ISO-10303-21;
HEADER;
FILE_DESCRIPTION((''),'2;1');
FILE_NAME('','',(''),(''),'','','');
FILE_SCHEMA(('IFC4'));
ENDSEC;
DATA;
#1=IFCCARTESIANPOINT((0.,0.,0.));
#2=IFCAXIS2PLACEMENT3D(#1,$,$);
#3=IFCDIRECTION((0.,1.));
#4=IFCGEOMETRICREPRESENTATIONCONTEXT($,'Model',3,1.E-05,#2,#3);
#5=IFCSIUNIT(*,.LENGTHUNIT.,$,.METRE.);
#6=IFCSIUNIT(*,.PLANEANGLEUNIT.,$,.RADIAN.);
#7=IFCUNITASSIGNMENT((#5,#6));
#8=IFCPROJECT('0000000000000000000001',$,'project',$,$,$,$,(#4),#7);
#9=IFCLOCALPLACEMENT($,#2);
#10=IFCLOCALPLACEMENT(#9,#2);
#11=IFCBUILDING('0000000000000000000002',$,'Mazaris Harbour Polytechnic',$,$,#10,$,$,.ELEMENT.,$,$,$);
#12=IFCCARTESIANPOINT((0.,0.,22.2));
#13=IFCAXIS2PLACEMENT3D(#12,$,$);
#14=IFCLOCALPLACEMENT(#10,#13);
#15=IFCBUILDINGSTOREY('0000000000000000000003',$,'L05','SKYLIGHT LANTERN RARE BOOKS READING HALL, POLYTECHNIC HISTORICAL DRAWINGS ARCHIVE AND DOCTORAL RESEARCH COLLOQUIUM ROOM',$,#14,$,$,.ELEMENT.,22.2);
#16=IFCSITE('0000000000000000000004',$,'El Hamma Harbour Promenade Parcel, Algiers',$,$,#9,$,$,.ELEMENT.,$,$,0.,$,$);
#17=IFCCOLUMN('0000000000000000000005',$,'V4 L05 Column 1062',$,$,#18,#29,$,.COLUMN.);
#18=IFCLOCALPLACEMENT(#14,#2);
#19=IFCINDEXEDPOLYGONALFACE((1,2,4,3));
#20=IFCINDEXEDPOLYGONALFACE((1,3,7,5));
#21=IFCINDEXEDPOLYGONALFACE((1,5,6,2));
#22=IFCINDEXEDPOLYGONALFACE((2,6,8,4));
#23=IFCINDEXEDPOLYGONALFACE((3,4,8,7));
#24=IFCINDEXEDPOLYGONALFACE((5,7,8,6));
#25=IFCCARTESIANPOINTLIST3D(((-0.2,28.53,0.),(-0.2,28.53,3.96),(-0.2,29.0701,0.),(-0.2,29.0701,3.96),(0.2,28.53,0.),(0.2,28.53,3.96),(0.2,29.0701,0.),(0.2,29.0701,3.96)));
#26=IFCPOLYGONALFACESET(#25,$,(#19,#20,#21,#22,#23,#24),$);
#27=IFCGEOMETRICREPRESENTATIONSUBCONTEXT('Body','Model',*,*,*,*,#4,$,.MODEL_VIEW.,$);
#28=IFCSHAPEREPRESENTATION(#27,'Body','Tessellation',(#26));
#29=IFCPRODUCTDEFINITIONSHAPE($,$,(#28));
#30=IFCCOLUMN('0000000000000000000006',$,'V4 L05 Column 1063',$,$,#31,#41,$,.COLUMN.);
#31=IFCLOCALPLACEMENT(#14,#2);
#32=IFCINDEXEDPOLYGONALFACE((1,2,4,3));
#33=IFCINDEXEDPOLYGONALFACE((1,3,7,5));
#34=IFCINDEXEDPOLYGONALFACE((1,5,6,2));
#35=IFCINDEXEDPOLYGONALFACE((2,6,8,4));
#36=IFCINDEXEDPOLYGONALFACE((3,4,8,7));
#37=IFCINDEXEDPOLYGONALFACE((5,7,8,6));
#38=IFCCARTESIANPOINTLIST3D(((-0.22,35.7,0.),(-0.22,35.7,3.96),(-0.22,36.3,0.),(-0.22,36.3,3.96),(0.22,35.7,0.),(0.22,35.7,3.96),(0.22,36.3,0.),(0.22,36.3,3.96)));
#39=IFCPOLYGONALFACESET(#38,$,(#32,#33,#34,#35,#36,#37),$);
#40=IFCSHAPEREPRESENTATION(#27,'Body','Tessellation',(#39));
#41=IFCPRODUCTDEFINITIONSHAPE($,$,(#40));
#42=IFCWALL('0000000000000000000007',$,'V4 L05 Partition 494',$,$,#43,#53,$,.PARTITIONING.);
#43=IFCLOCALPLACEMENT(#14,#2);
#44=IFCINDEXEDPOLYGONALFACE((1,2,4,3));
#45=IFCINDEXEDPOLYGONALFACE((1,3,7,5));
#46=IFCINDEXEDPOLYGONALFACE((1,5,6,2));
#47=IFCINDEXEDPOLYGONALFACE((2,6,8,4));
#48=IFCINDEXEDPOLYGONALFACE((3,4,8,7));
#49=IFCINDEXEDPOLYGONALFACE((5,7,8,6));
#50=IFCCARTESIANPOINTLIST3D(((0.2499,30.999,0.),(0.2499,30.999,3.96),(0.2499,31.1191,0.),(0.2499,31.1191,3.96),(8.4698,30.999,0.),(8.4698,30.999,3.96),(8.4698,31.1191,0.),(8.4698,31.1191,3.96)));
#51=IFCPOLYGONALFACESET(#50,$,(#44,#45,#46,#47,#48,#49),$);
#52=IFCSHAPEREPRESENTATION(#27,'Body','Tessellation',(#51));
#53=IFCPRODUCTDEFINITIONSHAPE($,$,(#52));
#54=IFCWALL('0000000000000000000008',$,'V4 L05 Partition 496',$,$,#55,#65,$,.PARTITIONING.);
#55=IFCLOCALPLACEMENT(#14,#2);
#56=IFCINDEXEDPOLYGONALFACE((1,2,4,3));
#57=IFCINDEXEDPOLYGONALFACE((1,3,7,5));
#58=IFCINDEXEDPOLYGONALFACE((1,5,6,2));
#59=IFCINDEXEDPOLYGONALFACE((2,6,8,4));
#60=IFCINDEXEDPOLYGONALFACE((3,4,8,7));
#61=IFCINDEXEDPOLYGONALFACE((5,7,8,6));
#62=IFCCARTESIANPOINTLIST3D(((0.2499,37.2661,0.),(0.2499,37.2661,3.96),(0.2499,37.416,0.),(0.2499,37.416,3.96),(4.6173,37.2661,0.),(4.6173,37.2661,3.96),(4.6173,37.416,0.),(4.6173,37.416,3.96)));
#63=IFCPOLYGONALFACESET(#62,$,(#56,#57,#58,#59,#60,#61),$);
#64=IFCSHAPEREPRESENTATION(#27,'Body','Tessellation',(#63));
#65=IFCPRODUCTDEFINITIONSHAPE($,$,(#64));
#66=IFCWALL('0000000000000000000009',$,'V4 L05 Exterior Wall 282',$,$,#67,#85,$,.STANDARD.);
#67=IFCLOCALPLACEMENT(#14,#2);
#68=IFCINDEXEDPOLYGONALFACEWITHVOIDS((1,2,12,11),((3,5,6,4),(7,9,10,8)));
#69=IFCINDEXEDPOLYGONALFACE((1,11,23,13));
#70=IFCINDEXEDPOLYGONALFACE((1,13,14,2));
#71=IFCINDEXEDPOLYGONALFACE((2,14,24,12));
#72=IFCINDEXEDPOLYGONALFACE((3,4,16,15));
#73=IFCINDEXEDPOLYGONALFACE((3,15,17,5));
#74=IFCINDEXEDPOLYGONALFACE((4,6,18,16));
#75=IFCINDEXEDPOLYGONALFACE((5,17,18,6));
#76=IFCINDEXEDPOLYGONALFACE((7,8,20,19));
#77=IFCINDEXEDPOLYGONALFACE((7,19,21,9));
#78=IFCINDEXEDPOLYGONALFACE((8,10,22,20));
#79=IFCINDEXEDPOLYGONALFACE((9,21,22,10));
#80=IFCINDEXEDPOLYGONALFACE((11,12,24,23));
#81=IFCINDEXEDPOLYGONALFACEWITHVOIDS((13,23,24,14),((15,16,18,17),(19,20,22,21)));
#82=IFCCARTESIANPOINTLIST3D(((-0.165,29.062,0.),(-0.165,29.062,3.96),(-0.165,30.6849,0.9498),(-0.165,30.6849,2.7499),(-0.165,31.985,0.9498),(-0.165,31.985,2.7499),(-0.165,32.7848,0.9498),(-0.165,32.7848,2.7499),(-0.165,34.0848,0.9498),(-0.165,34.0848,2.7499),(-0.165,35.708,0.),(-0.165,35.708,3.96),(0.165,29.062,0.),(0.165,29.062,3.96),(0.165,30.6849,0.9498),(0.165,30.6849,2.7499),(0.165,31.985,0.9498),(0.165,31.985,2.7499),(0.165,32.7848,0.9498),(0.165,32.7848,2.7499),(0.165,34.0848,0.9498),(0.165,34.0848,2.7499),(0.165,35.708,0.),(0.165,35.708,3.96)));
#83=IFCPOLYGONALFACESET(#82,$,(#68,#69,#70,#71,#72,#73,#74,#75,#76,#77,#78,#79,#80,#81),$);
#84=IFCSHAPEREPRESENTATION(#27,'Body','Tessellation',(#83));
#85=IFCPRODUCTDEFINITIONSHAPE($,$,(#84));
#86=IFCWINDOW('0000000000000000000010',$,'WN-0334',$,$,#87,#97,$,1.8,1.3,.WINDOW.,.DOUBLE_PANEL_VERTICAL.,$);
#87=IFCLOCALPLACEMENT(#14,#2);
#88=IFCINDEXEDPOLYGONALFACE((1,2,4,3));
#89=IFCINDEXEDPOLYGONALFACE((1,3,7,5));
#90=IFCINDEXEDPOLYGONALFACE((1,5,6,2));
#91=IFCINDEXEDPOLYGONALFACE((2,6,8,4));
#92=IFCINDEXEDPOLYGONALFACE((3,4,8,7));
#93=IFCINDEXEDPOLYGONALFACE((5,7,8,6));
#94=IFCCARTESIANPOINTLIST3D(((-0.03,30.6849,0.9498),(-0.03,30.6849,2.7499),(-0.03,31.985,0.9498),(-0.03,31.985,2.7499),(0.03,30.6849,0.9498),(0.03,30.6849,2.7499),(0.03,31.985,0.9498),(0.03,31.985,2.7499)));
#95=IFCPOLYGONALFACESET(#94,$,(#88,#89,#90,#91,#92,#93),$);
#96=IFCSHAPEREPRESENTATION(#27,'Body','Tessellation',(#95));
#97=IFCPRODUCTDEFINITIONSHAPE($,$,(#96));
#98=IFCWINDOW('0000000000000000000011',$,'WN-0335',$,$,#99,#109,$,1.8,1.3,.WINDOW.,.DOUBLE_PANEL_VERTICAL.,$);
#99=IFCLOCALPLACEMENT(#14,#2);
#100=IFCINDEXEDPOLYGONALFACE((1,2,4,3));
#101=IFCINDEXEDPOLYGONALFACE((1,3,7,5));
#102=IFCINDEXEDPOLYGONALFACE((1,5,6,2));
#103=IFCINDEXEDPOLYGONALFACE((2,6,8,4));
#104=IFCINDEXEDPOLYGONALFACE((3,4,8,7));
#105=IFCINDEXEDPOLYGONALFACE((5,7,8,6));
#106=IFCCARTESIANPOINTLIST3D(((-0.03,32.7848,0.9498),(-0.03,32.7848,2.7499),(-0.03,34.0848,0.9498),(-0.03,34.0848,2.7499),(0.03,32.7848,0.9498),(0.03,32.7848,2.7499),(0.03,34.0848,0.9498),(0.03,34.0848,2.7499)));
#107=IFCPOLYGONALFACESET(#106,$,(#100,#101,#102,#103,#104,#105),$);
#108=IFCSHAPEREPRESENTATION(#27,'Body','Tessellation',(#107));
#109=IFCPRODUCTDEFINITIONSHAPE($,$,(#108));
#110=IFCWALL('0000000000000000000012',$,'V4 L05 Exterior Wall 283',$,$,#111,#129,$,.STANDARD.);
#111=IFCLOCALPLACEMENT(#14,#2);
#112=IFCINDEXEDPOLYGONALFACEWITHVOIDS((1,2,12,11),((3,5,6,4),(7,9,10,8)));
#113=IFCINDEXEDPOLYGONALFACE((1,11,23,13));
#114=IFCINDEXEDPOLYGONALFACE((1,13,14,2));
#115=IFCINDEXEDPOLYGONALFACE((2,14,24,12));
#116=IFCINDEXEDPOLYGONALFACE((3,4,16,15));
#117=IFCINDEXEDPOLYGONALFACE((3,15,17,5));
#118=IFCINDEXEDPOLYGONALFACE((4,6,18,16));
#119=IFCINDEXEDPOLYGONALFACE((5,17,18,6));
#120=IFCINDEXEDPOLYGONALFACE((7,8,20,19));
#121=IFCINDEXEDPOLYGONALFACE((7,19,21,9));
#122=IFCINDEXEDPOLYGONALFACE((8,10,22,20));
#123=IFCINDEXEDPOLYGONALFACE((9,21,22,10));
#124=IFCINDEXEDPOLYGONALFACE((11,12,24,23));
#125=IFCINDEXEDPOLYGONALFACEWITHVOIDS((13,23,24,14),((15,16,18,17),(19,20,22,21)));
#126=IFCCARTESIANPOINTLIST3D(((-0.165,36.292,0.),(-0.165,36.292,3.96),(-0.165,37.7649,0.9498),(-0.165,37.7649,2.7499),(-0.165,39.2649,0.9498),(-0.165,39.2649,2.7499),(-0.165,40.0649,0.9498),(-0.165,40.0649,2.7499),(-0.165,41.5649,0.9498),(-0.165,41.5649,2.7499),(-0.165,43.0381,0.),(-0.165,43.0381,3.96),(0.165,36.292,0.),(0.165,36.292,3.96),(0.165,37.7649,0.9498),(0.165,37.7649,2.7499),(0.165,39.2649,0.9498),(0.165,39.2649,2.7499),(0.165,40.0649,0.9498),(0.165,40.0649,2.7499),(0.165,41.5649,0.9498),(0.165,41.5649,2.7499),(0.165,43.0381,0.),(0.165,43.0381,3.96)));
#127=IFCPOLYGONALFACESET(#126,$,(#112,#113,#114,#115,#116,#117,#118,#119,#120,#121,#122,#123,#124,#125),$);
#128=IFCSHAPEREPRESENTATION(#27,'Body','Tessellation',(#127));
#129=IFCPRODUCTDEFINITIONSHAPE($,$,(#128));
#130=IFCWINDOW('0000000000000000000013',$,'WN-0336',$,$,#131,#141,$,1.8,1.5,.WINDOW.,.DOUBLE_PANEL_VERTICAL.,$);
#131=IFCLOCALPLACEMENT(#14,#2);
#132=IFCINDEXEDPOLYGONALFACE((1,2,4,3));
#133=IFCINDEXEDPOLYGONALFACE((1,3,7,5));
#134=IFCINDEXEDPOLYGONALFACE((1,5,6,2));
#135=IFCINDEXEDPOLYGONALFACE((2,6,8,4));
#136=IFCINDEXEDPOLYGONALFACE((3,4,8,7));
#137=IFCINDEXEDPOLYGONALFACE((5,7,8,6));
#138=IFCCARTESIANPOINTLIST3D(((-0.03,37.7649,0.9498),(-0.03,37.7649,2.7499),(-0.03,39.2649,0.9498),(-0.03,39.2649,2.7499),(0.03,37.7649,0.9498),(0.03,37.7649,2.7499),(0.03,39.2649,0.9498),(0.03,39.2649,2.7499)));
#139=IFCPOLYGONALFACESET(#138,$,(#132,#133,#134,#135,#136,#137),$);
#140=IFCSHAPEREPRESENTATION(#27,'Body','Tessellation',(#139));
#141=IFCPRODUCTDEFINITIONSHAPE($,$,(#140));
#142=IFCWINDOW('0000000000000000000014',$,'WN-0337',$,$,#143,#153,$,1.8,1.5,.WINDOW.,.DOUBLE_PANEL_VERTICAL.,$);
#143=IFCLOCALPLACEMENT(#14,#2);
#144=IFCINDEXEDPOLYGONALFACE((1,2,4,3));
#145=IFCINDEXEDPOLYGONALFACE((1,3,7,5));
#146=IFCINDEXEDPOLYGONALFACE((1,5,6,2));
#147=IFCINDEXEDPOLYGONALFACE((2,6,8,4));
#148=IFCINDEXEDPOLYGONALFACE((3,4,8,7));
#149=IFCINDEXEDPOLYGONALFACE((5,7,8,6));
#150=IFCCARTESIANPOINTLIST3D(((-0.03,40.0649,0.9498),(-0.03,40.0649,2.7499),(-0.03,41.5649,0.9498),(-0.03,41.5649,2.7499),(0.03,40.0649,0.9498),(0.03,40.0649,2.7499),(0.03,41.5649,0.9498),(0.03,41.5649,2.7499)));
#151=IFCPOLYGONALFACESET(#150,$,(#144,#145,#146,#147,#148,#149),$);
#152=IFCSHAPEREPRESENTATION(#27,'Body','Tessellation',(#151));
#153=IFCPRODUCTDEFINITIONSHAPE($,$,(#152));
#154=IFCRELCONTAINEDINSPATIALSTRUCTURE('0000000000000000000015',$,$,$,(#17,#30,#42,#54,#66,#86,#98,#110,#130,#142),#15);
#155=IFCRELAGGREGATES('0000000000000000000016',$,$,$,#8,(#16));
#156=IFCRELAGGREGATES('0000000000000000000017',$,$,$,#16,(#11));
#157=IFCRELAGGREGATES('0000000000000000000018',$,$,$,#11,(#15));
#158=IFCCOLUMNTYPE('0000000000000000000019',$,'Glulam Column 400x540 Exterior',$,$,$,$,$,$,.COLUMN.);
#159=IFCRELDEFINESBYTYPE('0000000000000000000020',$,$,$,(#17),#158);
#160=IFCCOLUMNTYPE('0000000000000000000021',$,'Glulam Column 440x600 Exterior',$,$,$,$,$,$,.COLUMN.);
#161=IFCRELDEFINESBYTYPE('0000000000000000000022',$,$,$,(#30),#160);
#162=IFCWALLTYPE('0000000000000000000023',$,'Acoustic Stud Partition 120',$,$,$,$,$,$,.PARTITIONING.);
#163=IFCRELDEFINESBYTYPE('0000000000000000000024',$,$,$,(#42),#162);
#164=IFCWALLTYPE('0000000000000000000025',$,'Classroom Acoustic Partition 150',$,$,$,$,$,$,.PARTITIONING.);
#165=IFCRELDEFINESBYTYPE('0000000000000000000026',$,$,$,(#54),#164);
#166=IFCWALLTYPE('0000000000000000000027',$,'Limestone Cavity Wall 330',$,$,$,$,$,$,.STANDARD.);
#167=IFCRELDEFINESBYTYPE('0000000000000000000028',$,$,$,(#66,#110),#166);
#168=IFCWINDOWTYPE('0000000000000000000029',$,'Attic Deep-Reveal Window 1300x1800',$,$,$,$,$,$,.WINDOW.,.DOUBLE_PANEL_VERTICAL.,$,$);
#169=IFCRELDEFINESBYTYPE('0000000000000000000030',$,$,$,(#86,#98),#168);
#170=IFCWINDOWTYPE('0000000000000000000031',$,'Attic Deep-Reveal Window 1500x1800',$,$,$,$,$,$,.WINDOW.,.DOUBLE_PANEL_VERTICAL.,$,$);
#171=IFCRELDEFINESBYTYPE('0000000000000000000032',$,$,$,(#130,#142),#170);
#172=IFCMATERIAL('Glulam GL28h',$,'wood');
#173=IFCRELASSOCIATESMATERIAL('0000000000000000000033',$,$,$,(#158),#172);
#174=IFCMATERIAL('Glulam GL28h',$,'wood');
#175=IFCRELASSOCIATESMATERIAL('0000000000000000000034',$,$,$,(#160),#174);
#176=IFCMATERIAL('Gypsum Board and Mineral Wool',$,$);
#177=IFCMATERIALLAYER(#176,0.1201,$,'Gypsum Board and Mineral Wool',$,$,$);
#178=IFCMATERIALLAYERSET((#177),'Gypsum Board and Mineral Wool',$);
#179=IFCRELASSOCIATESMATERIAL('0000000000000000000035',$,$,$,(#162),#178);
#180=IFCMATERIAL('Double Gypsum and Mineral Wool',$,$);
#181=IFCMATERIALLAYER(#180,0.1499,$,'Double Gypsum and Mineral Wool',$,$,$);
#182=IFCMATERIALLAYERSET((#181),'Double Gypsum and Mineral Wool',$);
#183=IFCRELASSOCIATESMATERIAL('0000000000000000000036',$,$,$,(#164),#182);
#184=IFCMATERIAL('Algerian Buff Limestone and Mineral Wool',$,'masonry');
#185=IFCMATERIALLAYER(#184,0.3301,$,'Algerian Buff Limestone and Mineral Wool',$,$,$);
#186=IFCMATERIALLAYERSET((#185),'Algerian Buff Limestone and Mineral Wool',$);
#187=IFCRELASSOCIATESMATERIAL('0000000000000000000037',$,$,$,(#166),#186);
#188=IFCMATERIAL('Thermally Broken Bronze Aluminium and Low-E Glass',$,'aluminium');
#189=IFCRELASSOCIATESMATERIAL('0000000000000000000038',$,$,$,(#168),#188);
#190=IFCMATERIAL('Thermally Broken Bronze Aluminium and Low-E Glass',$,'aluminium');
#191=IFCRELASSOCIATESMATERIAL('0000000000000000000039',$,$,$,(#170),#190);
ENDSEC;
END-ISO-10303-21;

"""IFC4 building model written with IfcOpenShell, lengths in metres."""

from ifc_helpers import new_model, si_unit, direction, frame, frame_2d, origin, origin_2d, place, context, subcontext, project, spatial, rectangle, extrude, material, layer, layer_set, material_profile, profile_set, type_object, element, fill, save


model = new_model("IFC4")

# Units and contexts
model_context = context("Model", 3, precision=1e-05, world=origin(), true_north=direction((0.0, 1.0)))
body_context = subcontext(model_context, "Body", "Model", "MODEL_VIEW")
ifc_project = project(units=[si_unit("LENGTHUNIT", "METRE"), si_unit("PLANEANGLEUNIT", "RADIAN")], contexts=[model_context])

# Site, building, storey
site_placement = place(None, origin())
site = spatial("IfcSite", under=ifc_project, at=site_placement, Name="El Hamma Harbour Promenade Parcel, Algiers", CompositionType="ELEMENT", RefElevation=0.0)
building_placement = place(site_placement, origin())
building = spatial("IfcBuilding", under=site, at=building_placement, Name="Mazaris Harbour Polytechnic", CompositionType="ELEMENT")
storey_placement = place(building_placement, frame((0.0, 0.0, 22.2)))
storey = spatial("IfcBuildingStorey", under=building, at=storey_placement, Name="L05", Description="SKYLIGHT LANTERN RARE BOOKS READING HALL, POLYTECHNIC HISTORICAL DRAWINGS ARCHIVE AND DOCTORAL RESEARCH COLLOQUIUM ROOM", CompositionType="ELEMENT", Elevation=22.2)

# Columns
ifc_material_1 = material(Name="Glulam GL28h", Category="wood")
ifc_material_profile_1 = material_profile(ifc_material_1, rectangle(XDim=0.3999, YDim=0.54, at=origin_2d()), Name="RECT400x540")
ifc_profile_set_1 = profile_set([ifc_material_profile_1], Name="Glulam GL28h")
column_type_1 = type_object("IfcColumnType", Name="Glulam Column 400x540 Exterior", PredefinedType="COLUMN", material=ifc_profile_set_1)
column_1_placement = place(storey_placement, frame((0.0, 28.8, 0.0), z_axis=(0.0, 0.0, 1.0), x_axis=(1.0, 0.0, 0.0)))
element("IfcColumn", 1, at=column_1_placement, inside=storey, type_object=column_type_1, Name="V4 L05 Column 1062", PredefinedType="COLUMN", context=body_context, shape_type="SweptSolid", body=[
    extrude(rectangle(XDim=0.3999, YDim=0.54, at=origin_2d()), origin(), (0.0, 0.0, 1.0), 3.96),
])
ifc_material_2 = material(Name="Glulam GL28h", Category="wood")
ifc_material_profile_2 = material_profile(ifc_material_2, rectangle(XDim=0.4399, YDim=0.6001, at=origin_2d()), Name="RECT440x600")
ifc_profile_set_2 = profile_set([ifc_material_profile_2], Name="Glulam GL28h")
column_type_2 = type_object("IfcColumnType", Name="Glulam Column 440x600 Exterior", PredefinedType="COLUMN", material=ifc_profile_set_2)
column_2_placement = place(storey_placement, frame((0.0, 36.0, 0.0), z_axis=(0.0, 0.0, 1.0), x_axis=(1.0, 0.0, 0.0)))
element("IfcColumn", 2, at=column_2_placement, inside=storey, type_object=column_type_2, Name="V4 L05 Column 1063", PredefinedType="COLUMN", context=body_context, shape_type="SweptSolid", body=[
    extrude(rectangle(XDim=0.4399, YDim=0.6001, at=origin_2d()), origin(), (0.0, 0.0, 1.0), 3.96),
])

# Walls
ifc_material_3 = material(Name="Gypsum Board and Mineral Wool")
ifc_layer_1 = layer(ifc_material_3, 0.1201, Name="Gypsum Board and Mineral Wool")
ifc_layer_set_1 = layer_set([ifc_layer_1], Name="Gypsum Board and Mineral Wool")
wall_type_1 = type_object("IfcWallType", Name="Acoustic Stud Partition 120", PredefinedType="PARTITIONING", material=ifc_layer_set_1)
wall_1_placement = place(storey_placement, frame((0.25, 31.0591, 0.0), z_axis=(0.0, 0.0, 1.0), x_axis=(1.0, 0.0, 0.0)))
element("IfcWall", 3, at=wall_1_placement, inside=storey, type_object=wall_type_1, Name="V4 L05 Partition 494", PredefinedType="PARTITIONING", context=body_context, shape_type="SweptSolid", body=[
    extrude(rectangle(XDim=8.22, YDim=0.1201, at=frame_2d((4.1099, 0.0))), origin(), (0.0, 0.0, 1.0), 3.96),
])
ifc_material_4 = material(Name="Double Gypsum and Mineral Wool")
ifc_layer_2 = layer(ifc_material_4, 0.1499, Name="Double Gypsum and Mineral Wool")
ifc_layer_set_2 = layer_set([ifc_layer_2], Name="Double Gypsum and Mineral Wool")
wall_type_2 = type_object("IfcWallType", Name="Classroom Acoustic Partition 150", PredefinedType="PARTITIONING", material=ifc_layer_set_2)
wall_2_placement = place(storey_placement, frame((0.25, 37.3411, 0.0), z_axis=(0.0, 0.0, 1.0), x_axis=(1.0, 0.0, 0.0)))
element("IfcWall", 4, at=wall_2_placement, inside=storey, type_object=wall_type_2, Name="V4 L05 Partition 496", PredefinedType="PARTITIONING", context=body_context, shape_type="SweptSolid", body=[
    extrude(rectangle(XDim=4.3674, YDim=0.1499, at=frame_2d((2.1836, 0.0))), origin(), (0.0, 0.0, 1.0), 3.96),
])

# Walls, openings, windows
ifc_material_5 = material(Name="Algerian Buff Limestone and Mineral Wool", Category="masonry")
ifc_layer_3 = layer(ifc_material_5, 0.3301, Name="Algerian Buff Limestone and Mineral Wool")
ifc_layer_set_3 = layer_set([ifc_layer_3], Name="Algerian Buff Limestone and Mineral Wool")
wall_type_3 = type_object("IfcWallType", Name="Limestone Cavity Wall 330", PredefinedType="STANDARD", material=ifc_layer_set_3)
wall_3_placement = place(storey_placement, frame((0.0, 29.062, 0.0), z_axis=(0.0, 0.0, 1.0), x_axis=(0.0, 1.0, 0.0)))
wall_3 = element("IfcWall", 5, at=wall_3_placement, inside=storey, type_object=wall_type_3, Name="V4 L05 Exterior Wall 282", PredefinedType="STANDARD", context=body_context, shape_type="SweptSolid", body=[
    extrude(rectangle(XDim=6.646, YDim=0.3301, at=frame_2d((3.323, 0.0))), origin(), (0.0, 0.0, 1.0), 3.96),
])
opening_1_placement = place(wall_3_placement, frame((1.623, 0.0, 0.95)))
opening_1 = element("IfcOpeningElement", 6, at=opening_1_placement, cuts=wall_3, PredefinedType="OPENING", context=body_context, shape_type="SweptSolid", body=[
    extrude(rectangle(XDim=1.3, YDim=1.8, at=frame_2d((0.6499, 0.8999))), frame((0.0, 0.175, 0.0), z_axis=(0.0, -1.0, 0.0), x_axis=(1.0, 0.0, 0.0)), (0.0, 0.0, 1.0), 0.3501),
])
opening_2_placement = place(wall_3_placement, frame((3.7229, 0.0, 0.95)))
opening_2 = element("IfcOpeningElement", 7, at=opening_2_placement, cuts=wall_3, PredefinedType="OPENING", context=body_context, shape_type="SweptSolid", body=[
    extrude(rectangle(XDim=1.3, YDim=1.8, at=frame_2d((0.6499, 0.8999))), frame((0.0, 0.175, 0.0), z_axis=(0.0, -1.0, 0.0), x_axis=(1.0, 0.0, 0.0)), (0.0, 0.0, 1.0), 0.3501),
])
ifc_material_6 = material(Name="Thermally Broken Bronze Aluminium and Low-E Glass", Category="aluminium")
window_type_1 = type_object("IfcWindowType", Name="Attic Deep-Reveal Window 1300x1800", PartitioningType="DOUBLE_PANEL_VERTICAL", PredefinedType="WINDOW", material=ifc_material_6)
window_1_placement = place(opening_1_placement, origin())
window_1 = element("IfcWindow", 8, at=window_1_placement, inside=storey, type_object=window_type_1, Name="WN-0334", OverallHeight=1.8, OverallWidth=1.3, PartitioningType="DOUBLE_PANEL_VERTICAL", PredefinedType="WINDOW", context=body_context, shape_type="SweptSolid", body=[
    extrude(rectangle(XDim=1.3, YDim=1.8, at=frame_2d((0.6499, 0.8999))), frame((0.0, 0.03, 0.0), z_axis=(0.0, -1.0, 0.0), x_axis=(1.0, 0.0, 0.0)), (0.0, 0.0, 1.0), 0.0601),
])
fill(opening_1, window_1)
window_2_placement = place(opening_2_placement, origin())
window_2 = element("IfcWindow", 9, at=window_2_placement, inside=storey, type_object=window_type_1, Name="WN-0335", OverallHeight=1.8, OverallWidth=1.3, PartitioningType="DOUBLE_PANEL_VERTICAL", PredefinedType="WINDOW", context=body_context, shape_type="SweptSolid", body=[
    extrude(rectangle(XDim=1.3, YDim=1.8, at=frame_2d((0.6499, 0.8999))), frame((0.0, 0.03, 0.0), z_axis=(0.0, -1.0, 0.0), x_axis=(1.0, 0.0, 0.0)), (0.0, 0.0, 1.0), 0.0601),
])
fill(opening_2, window_2)
wall_4_placement = place(storey_placement, frame((0.0, 36.292, 0.0), z_axis=(0.0, 0.0, 1.0), x_axis=(0.0, 1.0, 0.0)))
wall_4 = element("IfcWall", 10, at=wall_4_placement, inside=storey, type_object=wall_type_3, Name="V4 L05 Exterior Wall 283", PredefinedType="STANDARD", context=body_context, shape_type="SweptSolid", body=[
    extrude(rectangle(XDim=6.7461, YDim=0.3301, at=frame_2d((3.373, 0.0))), origin(), (0.0, 0.0, 1.0), 3.96),
])
opening_3_placement = place(wall_4_placement, frame((1.4729, 0.0, 0.95)))
opening_3 = element("IfcOpeningElement", 11, at=opening_3_placement, cuts=wall_4, PredefinedType="OPENING", context=body_context, shape_type="SweptSolid", body=[
    extrude(rectangle(XDim=1.5, YDim=1.8, at=frame_2d((0.75, 0.8999))), frame((0.0, 0.175, 0.0), z_axis=(0.0, -1.0, 0.0), x_axis=(1.0, 0.0, 0.0)), (0.0, 0.0, 1.0), 0.3501),
])
opening_4_placement = place(wall_4_placement, frame((3.7729, 0.0, 0.95)))
opening_4 = element("IfcOpeningElement", 12, at=opening_4_placement, cuts=wall_4, PredefinedType="OPENING", context=body_context, shape_type="SweptSolid", body=[
    extrude(rectangle(XDim=1.5, YDim=1.8, at=frame_2d((0.75, 0.8999))), frame((0.0, 0.175, 0.0), z_axis=(0.0, -1.0, 0.0), x_axis=(1.0, 0.0, 0.0)), (0.0, 0.0, 1.0), 0.3501),
])
ifc_material_7 = material(Name="Thermally Broken Bronze Aluminium and Low-E Glass", Category="aluminium")
window_type_2 = type_object("IfcWindowType", Name="Attic Deep-Reveal Window 1500x1800", PartitioningType="DOUBLE_PANEL_VERTICAL", PredefinedType="WINDOW", material=ifc_material_7)
window_3_placement = place(opening_3_placement, origin())
window_3 = element("IfcWindow", 13, at=window_3_placement, inside=storey, type_object=window_type_2, Name="WN-0336", OverallHeight=1.8, OverallWidth=1.5, PartitioningType="DOUBLE_PANEL_VERTICAL", PredefinedType="WINDOW", context=body_context, shape_type="SweptSolid", body=[
    extrude(rectangle(XDim=1.5, YDim=1.8, at=frame_2d((0.75, 0.8999))), frame((0.0, 0.03, 0.0), z_axis=(0.0, -1.0, 0.0), x_axis=(1.0, 0.0, 0.0)), (0.0, 0.0, 1.0), 0.0601),
])
fill(opening_3, window_3)
window_4_placement = place(opening_4_placement, origin())
window_4 = element("IfcWindow", 14, at=window_4_placement, inside=storey, type_object=window_type_2, Name="WN-0337", OverallHeight=1.8, OverallWidth=1.5, PartitioningType="DOUBLE_PANEL_VERTICAL", PredefinedType="WINDOW", context=body_context, shape_type="SweptSolid", body=[
    extrude(rectangle(XDim=1.5, YDim=1.8, at=frame_2d((0.75, 0.8999))), frame((0.0, 0.03, 0.0), z_axis=(0.0, -1.0, 0.0), x_axis=(1.0, 0.0, 0.0)), (0.0, 0.0, 1.0), 0.0601),
])
fill(opening_4, window_4)

save(model, "model.ifc")
